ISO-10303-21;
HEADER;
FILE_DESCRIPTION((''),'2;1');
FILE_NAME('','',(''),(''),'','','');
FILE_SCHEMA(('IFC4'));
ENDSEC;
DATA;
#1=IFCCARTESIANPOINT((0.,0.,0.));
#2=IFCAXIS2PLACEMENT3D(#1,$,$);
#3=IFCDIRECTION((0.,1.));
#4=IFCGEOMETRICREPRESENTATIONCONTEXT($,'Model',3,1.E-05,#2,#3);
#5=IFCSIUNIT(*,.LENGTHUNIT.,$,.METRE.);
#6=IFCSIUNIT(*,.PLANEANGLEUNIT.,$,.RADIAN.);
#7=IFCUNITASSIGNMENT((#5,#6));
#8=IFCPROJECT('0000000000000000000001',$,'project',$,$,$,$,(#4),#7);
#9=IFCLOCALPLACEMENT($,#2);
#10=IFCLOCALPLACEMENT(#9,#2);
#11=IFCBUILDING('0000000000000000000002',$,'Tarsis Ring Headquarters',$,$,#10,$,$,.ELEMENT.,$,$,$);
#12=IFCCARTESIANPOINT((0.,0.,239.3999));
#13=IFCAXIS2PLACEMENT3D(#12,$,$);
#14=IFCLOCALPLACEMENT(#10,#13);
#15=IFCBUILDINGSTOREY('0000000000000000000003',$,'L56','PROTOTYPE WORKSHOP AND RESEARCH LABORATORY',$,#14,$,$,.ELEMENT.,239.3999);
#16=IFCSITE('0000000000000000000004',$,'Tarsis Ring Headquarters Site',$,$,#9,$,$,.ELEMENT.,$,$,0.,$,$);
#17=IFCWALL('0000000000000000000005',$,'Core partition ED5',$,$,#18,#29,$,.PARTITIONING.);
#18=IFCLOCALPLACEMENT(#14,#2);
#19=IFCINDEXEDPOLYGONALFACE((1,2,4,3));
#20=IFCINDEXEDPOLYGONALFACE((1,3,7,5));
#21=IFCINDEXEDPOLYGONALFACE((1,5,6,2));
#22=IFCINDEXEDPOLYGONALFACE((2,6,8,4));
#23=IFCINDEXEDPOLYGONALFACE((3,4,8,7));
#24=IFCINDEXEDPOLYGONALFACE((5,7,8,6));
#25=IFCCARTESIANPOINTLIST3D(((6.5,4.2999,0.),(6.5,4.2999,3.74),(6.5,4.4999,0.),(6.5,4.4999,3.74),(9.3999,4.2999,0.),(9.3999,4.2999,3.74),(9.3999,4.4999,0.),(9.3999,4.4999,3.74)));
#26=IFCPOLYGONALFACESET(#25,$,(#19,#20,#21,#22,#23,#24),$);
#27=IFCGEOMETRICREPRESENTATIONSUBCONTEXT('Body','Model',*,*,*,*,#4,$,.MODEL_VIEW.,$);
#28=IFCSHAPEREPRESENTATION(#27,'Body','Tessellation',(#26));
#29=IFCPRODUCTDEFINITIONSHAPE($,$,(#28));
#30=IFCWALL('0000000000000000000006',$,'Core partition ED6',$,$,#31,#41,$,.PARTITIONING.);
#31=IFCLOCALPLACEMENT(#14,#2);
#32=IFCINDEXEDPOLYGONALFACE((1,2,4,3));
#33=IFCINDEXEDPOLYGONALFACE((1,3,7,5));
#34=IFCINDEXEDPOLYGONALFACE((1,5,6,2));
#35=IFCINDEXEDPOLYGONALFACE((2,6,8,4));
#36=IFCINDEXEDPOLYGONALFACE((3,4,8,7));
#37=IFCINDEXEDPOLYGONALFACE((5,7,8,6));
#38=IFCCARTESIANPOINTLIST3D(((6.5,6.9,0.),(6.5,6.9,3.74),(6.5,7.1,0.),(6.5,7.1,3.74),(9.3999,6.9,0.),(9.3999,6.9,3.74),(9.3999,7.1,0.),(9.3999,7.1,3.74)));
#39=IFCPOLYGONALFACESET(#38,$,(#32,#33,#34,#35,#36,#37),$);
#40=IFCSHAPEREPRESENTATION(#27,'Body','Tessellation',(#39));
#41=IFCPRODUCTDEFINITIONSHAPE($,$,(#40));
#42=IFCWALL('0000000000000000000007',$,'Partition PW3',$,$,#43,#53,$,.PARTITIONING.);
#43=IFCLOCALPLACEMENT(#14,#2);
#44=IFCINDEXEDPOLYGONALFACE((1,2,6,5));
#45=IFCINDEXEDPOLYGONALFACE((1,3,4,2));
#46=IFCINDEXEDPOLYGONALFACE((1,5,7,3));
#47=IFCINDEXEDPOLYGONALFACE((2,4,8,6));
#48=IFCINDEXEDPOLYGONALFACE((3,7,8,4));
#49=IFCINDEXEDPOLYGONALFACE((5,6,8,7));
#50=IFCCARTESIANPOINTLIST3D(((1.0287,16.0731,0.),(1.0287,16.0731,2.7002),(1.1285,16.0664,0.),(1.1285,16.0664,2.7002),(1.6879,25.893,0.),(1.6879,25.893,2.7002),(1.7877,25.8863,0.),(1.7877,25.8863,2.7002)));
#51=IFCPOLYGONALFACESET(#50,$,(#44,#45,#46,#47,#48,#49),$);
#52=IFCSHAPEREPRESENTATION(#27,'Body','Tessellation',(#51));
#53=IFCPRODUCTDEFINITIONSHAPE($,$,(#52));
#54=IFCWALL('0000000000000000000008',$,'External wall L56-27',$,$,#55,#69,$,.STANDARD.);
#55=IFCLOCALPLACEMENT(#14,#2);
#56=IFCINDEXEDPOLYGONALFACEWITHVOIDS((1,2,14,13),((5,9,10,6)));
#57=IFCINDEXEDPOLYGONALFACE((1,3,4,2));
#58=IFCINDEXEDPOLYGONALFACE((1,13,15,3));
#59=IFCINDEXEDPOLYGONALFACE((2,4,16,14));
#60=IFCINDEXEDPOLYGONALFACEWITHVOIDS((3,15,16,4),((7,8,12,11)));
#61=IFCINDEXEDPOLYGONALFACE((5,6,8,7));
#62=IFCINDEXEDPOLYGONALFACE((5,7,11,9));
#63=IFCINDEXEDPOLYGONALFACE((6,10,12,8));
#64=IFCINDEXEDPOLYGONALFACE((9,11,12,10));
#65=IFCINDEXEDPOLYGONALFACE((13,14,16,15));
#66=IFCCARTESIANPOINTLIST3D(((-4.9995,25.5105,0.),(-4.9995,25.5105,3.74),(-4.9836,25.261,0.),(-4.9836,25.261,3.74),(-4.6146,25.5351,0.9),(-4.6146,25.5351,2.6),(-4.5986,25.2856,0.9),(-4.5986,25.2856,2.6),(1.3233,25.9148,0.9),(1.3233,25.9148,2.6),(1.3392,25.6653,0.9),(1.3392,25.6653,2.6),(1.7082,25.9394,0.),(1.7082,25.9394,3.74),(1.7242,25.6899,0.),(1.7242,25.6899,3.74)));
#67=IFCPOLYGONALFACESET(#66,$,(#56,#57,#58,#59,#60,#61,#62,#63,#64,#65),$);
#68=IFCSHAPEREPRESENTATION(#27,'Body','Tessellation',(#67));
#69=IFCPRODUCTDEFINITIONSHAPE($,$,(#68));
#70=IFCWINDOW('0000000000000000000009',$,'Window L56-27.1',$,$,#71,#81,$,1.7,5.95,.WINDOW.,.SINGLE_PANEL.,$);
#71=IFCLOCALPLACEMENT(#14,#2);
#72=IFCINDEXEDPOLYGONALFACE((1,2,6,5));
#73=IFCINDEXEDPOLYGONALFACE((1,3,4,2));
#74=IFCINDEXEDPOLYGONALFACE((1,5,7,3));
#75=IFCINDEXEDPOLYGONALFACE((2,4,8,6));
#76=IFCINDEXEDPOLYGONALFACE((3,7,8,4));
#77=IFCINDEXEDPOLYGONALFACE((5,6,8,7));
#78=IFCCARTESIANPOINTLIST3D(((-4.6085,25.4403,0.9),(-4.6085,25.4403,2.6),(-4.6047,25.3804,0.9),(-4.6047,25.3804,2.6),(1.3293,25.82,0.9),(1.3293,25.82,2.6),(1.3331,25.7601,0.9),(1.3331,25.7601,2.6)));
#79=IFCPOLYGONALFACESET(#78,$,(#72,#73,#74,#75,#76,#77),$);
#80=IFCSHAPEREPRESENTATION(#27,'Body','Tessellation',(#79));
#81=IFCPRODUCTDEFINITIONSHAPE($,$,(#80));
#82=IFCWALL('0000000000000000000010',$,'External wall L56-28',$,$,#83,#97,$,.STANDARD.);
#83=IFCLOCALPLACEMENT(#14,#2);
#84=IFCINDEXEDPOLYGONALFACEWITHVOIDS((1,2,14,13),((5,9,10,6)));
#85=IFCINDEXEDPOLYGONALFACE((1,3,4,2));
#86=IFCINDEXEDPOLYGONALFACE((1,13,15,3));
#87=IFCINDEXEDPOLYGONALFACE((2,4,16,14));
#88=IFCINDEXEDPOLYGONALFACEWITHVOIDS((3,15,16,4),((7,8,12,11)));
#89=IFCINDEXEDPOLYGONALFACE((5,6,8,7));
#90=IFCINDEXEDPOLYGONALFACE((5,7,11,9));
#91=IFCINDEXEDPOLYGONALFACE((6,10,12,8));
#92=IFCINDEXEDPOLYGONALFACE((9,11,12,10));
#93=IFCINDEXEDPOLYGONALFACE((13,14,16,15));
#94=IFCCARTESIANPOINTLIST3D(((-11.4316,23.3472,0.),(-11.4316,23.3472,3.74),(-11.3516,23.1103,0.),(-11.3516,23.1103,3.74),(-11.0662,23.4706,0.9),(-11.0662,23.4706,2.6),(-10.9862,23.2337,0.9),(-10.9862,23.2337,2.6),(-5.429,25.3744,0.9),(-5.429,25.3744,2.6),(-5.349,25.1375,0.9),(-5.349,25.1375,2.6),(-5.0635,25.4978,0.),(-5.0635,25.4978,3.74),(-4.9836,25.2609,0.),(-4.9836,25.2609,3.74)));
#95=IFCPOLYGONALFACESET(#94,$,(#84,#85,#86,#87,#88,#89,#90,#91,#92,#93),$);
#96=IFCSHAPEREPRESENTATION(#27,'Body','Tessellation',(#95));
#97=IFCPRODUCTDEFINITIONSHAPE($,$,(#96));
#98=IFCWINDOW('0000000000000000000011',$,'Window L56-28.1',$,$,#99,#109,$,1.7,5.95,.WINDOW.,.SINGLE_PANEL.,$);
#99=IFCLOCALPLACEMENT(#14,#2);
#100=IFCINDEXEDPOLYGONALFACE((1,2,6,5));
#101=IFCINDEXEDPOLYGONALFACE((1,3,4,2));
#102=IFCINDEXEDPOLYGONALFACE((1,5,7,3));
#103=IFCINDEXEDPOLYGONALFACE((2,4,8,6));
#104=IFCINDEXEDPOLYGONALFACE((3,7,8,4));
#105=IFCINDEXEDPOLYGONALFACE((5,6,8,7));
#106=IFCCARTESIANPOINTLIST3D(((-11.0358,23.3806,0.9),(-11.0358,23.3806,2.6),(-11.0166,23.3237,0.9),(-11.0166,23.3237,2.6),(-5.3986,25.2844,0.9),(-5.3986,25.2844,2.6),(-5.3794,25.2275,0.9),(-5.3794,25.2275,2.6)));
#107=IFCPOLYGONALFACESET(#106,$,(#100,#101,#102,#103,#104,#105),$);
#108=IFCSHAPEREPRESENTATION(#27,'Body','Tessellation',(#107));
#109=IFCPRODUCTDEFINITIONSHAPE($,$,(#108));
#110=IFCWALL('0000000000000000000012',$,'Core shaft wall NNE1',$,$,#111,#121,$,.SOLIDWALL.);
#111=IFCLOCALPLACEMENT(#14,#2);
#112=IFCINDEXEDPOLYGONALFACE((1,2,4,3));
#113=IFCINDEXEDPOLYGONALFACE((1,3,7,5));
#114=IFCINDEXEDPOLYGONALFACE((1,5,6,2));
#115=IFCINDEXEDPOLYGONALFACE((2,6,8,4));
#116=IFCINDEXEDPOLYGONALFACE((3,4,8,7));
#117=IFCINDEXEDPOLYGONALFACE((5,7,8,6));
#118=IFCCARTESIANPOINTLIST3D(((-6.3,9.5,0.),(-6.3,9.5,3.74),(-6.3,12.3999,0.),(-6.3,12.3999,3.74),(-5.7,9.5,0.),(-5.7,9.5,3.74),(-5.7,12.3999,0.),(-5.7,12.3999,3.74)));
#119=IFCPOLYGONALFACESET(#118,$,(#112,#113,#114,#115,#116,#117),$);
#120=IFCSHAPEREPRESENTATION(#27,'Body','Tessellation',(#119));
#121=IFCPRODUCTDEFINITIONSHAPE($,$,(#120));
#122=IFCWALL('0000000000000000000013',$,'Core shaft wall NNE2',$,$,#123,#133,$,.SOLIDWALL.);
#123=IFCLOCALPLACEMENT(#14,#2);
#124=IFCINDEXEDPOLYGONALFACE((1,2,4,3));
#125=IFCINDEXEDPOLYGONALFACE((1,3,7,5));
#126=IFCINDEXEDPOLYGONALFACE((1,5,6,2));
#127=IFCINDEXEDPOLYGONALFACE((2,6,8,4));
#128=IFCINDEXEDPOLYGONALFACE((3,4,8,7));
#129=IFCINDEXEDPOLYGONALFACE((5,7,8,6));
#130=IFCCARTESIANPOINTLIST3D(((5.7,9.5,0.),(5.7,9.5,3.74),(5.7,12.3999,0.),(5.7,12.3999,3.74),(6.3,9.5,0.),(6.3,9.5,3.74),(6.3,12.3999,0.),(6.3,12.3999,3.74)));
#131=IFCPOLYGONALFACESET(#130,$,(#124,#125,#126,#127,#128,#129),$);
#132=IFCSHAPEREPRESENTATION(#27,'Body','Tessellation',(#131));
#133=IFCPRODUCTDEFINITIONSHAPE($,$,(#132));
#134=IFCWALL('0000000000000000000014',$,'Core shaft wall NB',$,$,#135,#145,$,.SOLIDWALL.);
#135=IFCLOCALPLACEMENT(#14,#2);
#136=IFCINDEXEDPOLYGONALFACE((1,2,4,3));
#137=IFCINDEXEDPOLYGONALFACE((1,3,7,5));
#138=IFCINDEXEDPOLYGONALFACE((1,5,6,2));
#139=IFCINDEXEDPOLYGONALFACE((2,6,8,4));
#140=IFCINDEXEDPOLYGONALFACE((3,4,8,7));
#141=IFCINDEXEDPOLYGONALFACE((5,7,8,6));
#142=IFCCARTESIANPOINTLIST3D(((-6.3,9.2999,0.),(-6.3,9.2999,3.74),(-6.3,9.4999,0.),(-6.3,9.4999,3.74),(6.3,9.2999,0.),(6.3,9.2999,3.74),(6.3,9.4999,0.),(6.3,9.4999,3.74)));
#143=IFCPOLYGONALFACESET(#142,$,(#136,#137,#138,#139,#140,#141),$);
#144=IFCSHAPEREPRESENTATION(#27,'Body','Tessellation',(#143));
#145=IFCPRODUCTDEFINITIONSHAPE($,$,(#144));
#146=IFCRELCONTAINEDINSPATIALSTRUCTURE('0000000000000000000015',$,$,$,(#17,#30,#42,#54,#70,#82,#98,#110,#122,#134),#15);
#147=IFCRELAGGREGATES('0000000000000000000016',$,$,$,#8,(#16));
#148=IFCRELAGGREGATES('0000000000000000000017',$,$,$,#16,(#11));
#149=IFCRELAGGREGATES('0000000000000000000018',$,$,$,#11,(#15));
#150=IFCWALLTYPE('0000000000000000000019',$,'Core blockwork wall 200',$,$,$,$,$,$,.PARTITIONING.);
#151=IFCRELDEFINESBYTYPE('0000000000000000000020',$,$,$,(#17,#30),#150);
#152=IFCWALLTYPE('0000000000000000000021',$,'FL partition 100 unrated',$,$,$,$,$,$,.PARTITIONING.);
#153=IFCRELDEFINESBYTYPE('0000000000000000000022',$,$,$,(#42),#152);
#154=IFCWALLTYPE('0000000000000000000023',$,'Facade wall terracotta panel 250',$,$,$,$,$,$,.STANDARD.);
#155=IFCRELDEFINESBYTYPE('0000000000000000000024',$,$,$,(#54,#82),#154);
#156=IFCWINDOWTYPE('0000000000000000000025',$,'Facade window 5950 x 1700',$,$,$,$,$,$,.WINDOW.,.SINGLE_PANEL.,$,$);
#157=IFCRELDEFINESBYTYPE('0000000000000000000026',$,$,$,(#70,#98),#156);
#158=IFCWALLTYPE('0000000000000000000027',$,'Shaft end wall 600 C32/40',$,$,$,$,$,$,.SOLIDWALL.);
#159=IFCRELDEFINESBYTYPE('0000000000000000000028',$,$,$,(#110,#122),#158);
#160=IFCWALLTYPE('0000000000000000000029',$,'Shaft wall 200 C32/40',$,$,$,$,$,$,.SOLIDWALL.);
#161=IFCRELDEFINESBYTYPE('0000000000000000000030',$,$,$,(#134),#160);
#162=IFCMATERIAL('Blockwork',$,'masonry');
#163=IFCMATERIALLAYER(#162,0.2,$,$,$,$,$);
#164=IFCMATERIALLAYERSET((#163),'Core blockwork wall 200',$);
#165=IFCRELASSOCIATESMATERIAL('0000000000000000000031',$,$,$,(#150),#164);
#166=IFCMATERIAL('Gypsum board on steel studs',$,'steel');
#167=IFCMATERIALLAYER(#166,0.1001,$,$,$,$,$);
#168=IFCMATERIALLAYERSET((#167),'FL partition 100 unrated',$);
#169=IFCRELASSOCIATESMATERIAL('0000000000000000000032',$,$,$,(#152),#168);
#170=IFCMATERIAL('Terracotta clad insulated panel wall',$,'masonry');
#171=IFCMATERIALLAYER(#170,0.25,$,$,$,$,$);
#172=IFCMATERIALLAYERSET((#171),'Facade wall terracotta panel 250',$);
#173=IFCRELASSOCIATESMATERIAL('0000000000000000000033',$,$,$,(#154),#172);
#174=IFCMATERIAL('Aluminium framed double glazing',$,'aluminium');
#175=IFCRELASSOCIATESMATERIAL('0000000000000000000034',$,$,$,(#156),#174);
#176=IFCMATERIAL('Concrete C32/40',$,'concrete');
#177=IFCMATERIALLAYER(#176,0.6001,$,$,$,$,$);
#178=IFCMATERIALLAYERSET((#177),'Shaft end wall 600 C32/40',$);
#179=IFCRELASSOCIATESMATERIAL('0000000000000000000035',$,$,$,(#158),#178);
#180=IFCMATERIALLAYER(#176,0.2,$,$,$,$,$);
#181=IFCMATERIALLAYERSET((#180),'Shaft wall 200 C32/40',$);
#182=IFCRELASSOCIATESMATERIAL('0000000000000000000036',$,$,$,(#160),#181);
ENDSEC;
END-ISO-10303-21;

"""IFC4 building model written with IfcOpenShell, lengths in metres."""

from ifc_helpers import new_model, si_unit, direction, frame, frame_2d, origin, place, context, subcontext, project, spatial, rectangle, extrude, material, layer, layer_set, type_object, element, fill, save


model = new_model("IFC4")

# Units and contexts
model_context = context("Model", 3, precision=1e-05, world=origin(), true_north=direction((0.0, 1.0)))
body_context = subcontext(model_context, "Body", "Model", "MODEL_VIEW")
ifc_project = project(units=[si_unit("LENGTHUNIT", "METRE"), si_unit("PLANEANGLEUNIT", "RADIAN")], contexts=[model_context])

# Site, building, storey
site_placement = place(None, origin())
site = spatial("IfcSite", under=ifc_project, at=site_placement, Name="Tarsis Ring Headquarters Site", CompositionType="ELEMENT", RefElevation=0.0)
building_placement = place(site_placement, origin())
building = spatial("IfcBuilding", under=site, at=building_placement, Name="Tarsis Ring Headquarters", CompositionType="ELEMENT")
storey_placement = place(building_placement, frame((0.0, 0.0, 239.3999)))
storey = spatial("IfcBuildingStorey", under=building, at=storey_placement, Name="L56", Description="PROTOTYPE WORKSHOP AND RESEARCH LABORATORY", CompositionType="ELEMENT", Elevation=239.3999)

# Walls
ifc_material_1 = material(Name="Blockwork", Category="masonry")
ifc_layer_1 = layer(ifc_material_1, 0.2)
ifc_layer_set_1 = layer_set([ifc_layer_1], Name="Core blockwork wall 200")
wall_type_1 = type_object("IfcWallType", Name="Core blockwork wall 200", PredefinedType="PARTITIONING", material=ifc_layer_set_1)
for number, where, z_axis, x_axis, name in (
    (1, (6.5, 4.3999, 0.0), (0.0, 0.0, 1.0), (1.0, 0.0, 0.0), "Core partition ED5"),
    (2, (6.5, 7.0, 0.0), (0.0, 0.0, 1.0), (1.0, 0.0, 0.0), "Core partition ED6"),
):
    element("IfcWall", number, at=place(storey_placement, frame(where, z_axis=z_axis, x_axis=x_axis)), inside=storey, type_object=wall_type_1, Name=name, PredefinedType="PARTITIONING", context=body_context, shape_type="SweptSolid", body=[
        extrude(rectangle(XDim=2.8999, YDim=0.2, at=frame_2d((1.45, 0.0))), origin(), (0.0, 0.0, 1.0), 3.74),
    ])
ifc_material_2 = material(Name="Gypsum board on steel studs", Category="steel")
ifc_layer_2 = layer(ifc_material_2, 0.1001)
ifc_layer_set_2 = layer_set([ifc_layer_2], Name="FL partition 100 unrated")
wall_type_2 = type_object("IfcWallType", Name="FL partition 100 unrated", PredefinedType="PARTITIONING", material=ifc_layer_set_2)
wall_1_placement = place(storey_placement, frame((1.0786, 16.0698, 0.0), z_axis=(0.0, 0.0, 1.0), x_axis=(0.066977, 0.997755, 0.0)))
element("IfcWall", 3, at=wall_1_placement, inside=storey, type_object=wall_type_2, Name="Partition PW3", PredefinedType="PARTITIONING", context=body_context, shape_type="SweptSolid", body=[
    extrude(rectangle(XDim=9.842, YDim=0.1001, at=frame_2d((4.9209, 0.0))), origin(), (0.0, 0.0, 1.0), 2.7002),
])

# Walls, openings, windows
ifc_material_3 = material(Name="Terracotta clad insulated panel wall", Category="masonry")
ifc_layer_3 = layer(ifc_material_3, 0.25)
ifc_layer_set_3 = layer_set([ifc_layer_3], Name="Facade wall terracotta panel 250")
wall_type_3 = type_object("IfcWallType", Name="Facade wall terracotta panel 250", PredefinedType="STANDARD", material=ifc_layer_set_3)
wall_2_placement = place(storey_placement, frame((1.7163, 25.8147, 0.0), z_axis=(0.0, 0.0, 1.0), x_axis=(-0.997962, -0.063819, 0.0)))
wall_2 = element("IfcWall", 4, at=wall_2_placement, inside=storey, type_object=wall_type_3, Name="External wall L56-27", PredefinedType="STANDARD", context=body_context, shape_type="SweptSolid", body=[
    extrude(rectangle(XDim=6.7214, YDim=0.25, at=frame_2d((3.3608, 0.0))), origin(), (0.0, 0.0, 1.0), 3.74),
])
opening_1_placement = place(wall_2_placement, frame((0.3857, 0.0, 0.8999)))
opening_1 = element("IfcOpeningElement", 5, at=opening_1_placement, cuts=wall_2, PredefinedType="OPENING", context=body_context, shape_type="SweptSolid", body=[
    extrude(rectangle(XDim=5.95, YDim=1.7, at=frame_2d((2.9751, 0.8501))), frame((0.0, 0.135, 0.0), z_axis=(0.0, -1.0, 0.0), x_axis=(1.0, 0.0, 0.0)), (0.0, 0.0, 1.0), 0.27),
])
ifc_material_4 = material(Name="Aluminium framed double glazing", Category="aluminium")
window_type = type_object("IfcWindowType", Name="Facade window 5950 x 1700", PartitioningType="SINGLE_PANEL", PredefinedType="WINDOW", material=ifc_material_4)
window_1_placement = place(opening_1_placement, origin())
window_1 = element("IfcWindow", 6, at=window_1_placement, inside=storey, type_object=window_type, Name="Window L56-27.1", OverallHeight=1.7, OverallWidth=5.95, PartitioningType="SINGLE_PANEL", PredefinedType="WINDOW", context=body_context, shape_type="SweptSolid", body=[
    extrude(rectangle(XDim=5.95, YDim=1.7, at=frame_2d((2.9751, 0.8501))), frame((0.0, 0.03, 0.0), z_axis=(0.0, -1.0, 0.0), x_axis=(1.0, 0.0, 0.0)), (0.0, 0.0, 1.0), 0.0601),
])
fill(opening_1, window_1)
wall_3_placement = place(storey_placement, frame((-5.0234, 25.3794, 0.0), z_axis=(0.0, 0.0, 1.0), x_axis=(-0.94743, -0.319963, 0.0)))
wall_3 = element("IfcWall", 7, at=wall_3_placement, inside=storey, type_object=wall_type_3, Name="External wall L56-28", PredefinedType="STANDARD", context=body_context, shape_type="SweptSolid", body=[
    extrude(rectangle(XDim=6.7214, YDim=0.25, at=frame_2d((3.3608, 0.0))), origin(), (0.0, 0.0, 1.0), 3.74),
])
opening_2_placement = place(wall_3_placement, frame((0.3857, 0.0, 0.8999)))
opening_2 = element("IfcOpeningElement", 8, at=opening_2_placement, cuts=wall_3, PredefinedType="OPENING", context=body_context, shape_type="SweptSolid", body=[
    extrude(rectangle(XDim=5.95, YDim=1.7, at=frame_2d((2.9751, 0.8501))), frame((0.0, 0.135, 0.0), z_axis=(0.0, -1.0, 0.0), x_axis=(1.0, 0.0, 0.0)), (0.0, 0.0, 1.0), 0.27),
])
window_2_placement = place(opening_2_placement, origin())
window_2 = element("IfcWindow", 9, at=window_2_placement, inside=storey, type_object=window_type, Name="Window L56-28.1", OverallHeight=1.7, OverallWidth=5.95, PartitioningType="SINGLE_PANEL", PredefinedType="WINDOW", context=body_context, shape_type="SweptSolid", body=[
    extrude(rectangle(XDim=5.95, YDim=1.7, at=frame_2d((2.9751, 0.8501))), frame((0.0, 0.03, 0.0), z_axis=(0.0, -1.0, 0.0), x_axis=(1.0, 0.0, 0.0)), (0.0, 0.0, 1.0), 0.0601),
])
fill(opening_2, window_2)

# Walls
ifc_material_5 = material(Name="Concrete C32/40", Category="concrete")
ifc_layer_4 = layer(ifc_material_5, 0.6001)
ifc_layer_set_4 = layer_set([ifc_layer_4], Name="Shaft end wall 600 C32/40")
wall_type_4 = type_object("IfcWallType", Name="Shaft end wall 600 C32/40", PredefinedType="SOLIDWALL", material=ifc_layer_set_4)
for number, where, z_axis, x_axis, name in (
    (10, (-6.0, 9.5, 0.0), (0.0, 0.0, 1.0), (0.0, 1.0, 0.0), "Core shaft wall NNE1"),
    (11, (6.0, 9.5, 0.0), (0.0, 0.0, 1.0), (0.0, 1.0, 0.0), "Core shaft wall NNE2"),
):
    element("IfcWall", number, at=place(storey_placement, frame(where, z_axis=z_axis, x_axis=x_axis)), inside=storey, type_object=wall_type_4, Name=name, PredefinedType="SOLIDWALL", context=body_context, shape_type="SweptSolid", body=[
        extrude(rectangle(XDim=2.8999, YDim=0.6001, at=frame_2d((1.45, 0.0))), origin(), (0.0, 0.0, 1.0), 3.74),
    ])
ifc_layer_5 = layer(ifc_material_5, 0.2)
ifc_layer_set_5 = layer_set([ifc_layer_5], Name="Shaft wall 200 C32/40")
wall_type_5 = type_object("IfcWallType", Name="Shaft wall 200 C32/40", PredefinedType="SOLIDWALL", material=ifc_layer_set_5)
wall_4_placement = place(storey_placement, frame((-6.3, 9.3999, 0.0), z_axis=(0.0, 0.0, 1.0), x_axis=(1.0, 0.0, 0.0)))
element("IfcWall", 12, at=wall_4_placement, inside=storey, type_object=wall_type_5, Name="Core shaft wall NB", PredefinedType="SOLIDWALL", context=body_context, shape_type="SweptSolid", body=[
    extrude(rectangle(XDim=12.6001, YDim=0.2, at=frame_2d((6.3, 0.0))), origin(), (0.0, 0.0, 1.0), 3.74),
])

save(model, "model.ifc")
